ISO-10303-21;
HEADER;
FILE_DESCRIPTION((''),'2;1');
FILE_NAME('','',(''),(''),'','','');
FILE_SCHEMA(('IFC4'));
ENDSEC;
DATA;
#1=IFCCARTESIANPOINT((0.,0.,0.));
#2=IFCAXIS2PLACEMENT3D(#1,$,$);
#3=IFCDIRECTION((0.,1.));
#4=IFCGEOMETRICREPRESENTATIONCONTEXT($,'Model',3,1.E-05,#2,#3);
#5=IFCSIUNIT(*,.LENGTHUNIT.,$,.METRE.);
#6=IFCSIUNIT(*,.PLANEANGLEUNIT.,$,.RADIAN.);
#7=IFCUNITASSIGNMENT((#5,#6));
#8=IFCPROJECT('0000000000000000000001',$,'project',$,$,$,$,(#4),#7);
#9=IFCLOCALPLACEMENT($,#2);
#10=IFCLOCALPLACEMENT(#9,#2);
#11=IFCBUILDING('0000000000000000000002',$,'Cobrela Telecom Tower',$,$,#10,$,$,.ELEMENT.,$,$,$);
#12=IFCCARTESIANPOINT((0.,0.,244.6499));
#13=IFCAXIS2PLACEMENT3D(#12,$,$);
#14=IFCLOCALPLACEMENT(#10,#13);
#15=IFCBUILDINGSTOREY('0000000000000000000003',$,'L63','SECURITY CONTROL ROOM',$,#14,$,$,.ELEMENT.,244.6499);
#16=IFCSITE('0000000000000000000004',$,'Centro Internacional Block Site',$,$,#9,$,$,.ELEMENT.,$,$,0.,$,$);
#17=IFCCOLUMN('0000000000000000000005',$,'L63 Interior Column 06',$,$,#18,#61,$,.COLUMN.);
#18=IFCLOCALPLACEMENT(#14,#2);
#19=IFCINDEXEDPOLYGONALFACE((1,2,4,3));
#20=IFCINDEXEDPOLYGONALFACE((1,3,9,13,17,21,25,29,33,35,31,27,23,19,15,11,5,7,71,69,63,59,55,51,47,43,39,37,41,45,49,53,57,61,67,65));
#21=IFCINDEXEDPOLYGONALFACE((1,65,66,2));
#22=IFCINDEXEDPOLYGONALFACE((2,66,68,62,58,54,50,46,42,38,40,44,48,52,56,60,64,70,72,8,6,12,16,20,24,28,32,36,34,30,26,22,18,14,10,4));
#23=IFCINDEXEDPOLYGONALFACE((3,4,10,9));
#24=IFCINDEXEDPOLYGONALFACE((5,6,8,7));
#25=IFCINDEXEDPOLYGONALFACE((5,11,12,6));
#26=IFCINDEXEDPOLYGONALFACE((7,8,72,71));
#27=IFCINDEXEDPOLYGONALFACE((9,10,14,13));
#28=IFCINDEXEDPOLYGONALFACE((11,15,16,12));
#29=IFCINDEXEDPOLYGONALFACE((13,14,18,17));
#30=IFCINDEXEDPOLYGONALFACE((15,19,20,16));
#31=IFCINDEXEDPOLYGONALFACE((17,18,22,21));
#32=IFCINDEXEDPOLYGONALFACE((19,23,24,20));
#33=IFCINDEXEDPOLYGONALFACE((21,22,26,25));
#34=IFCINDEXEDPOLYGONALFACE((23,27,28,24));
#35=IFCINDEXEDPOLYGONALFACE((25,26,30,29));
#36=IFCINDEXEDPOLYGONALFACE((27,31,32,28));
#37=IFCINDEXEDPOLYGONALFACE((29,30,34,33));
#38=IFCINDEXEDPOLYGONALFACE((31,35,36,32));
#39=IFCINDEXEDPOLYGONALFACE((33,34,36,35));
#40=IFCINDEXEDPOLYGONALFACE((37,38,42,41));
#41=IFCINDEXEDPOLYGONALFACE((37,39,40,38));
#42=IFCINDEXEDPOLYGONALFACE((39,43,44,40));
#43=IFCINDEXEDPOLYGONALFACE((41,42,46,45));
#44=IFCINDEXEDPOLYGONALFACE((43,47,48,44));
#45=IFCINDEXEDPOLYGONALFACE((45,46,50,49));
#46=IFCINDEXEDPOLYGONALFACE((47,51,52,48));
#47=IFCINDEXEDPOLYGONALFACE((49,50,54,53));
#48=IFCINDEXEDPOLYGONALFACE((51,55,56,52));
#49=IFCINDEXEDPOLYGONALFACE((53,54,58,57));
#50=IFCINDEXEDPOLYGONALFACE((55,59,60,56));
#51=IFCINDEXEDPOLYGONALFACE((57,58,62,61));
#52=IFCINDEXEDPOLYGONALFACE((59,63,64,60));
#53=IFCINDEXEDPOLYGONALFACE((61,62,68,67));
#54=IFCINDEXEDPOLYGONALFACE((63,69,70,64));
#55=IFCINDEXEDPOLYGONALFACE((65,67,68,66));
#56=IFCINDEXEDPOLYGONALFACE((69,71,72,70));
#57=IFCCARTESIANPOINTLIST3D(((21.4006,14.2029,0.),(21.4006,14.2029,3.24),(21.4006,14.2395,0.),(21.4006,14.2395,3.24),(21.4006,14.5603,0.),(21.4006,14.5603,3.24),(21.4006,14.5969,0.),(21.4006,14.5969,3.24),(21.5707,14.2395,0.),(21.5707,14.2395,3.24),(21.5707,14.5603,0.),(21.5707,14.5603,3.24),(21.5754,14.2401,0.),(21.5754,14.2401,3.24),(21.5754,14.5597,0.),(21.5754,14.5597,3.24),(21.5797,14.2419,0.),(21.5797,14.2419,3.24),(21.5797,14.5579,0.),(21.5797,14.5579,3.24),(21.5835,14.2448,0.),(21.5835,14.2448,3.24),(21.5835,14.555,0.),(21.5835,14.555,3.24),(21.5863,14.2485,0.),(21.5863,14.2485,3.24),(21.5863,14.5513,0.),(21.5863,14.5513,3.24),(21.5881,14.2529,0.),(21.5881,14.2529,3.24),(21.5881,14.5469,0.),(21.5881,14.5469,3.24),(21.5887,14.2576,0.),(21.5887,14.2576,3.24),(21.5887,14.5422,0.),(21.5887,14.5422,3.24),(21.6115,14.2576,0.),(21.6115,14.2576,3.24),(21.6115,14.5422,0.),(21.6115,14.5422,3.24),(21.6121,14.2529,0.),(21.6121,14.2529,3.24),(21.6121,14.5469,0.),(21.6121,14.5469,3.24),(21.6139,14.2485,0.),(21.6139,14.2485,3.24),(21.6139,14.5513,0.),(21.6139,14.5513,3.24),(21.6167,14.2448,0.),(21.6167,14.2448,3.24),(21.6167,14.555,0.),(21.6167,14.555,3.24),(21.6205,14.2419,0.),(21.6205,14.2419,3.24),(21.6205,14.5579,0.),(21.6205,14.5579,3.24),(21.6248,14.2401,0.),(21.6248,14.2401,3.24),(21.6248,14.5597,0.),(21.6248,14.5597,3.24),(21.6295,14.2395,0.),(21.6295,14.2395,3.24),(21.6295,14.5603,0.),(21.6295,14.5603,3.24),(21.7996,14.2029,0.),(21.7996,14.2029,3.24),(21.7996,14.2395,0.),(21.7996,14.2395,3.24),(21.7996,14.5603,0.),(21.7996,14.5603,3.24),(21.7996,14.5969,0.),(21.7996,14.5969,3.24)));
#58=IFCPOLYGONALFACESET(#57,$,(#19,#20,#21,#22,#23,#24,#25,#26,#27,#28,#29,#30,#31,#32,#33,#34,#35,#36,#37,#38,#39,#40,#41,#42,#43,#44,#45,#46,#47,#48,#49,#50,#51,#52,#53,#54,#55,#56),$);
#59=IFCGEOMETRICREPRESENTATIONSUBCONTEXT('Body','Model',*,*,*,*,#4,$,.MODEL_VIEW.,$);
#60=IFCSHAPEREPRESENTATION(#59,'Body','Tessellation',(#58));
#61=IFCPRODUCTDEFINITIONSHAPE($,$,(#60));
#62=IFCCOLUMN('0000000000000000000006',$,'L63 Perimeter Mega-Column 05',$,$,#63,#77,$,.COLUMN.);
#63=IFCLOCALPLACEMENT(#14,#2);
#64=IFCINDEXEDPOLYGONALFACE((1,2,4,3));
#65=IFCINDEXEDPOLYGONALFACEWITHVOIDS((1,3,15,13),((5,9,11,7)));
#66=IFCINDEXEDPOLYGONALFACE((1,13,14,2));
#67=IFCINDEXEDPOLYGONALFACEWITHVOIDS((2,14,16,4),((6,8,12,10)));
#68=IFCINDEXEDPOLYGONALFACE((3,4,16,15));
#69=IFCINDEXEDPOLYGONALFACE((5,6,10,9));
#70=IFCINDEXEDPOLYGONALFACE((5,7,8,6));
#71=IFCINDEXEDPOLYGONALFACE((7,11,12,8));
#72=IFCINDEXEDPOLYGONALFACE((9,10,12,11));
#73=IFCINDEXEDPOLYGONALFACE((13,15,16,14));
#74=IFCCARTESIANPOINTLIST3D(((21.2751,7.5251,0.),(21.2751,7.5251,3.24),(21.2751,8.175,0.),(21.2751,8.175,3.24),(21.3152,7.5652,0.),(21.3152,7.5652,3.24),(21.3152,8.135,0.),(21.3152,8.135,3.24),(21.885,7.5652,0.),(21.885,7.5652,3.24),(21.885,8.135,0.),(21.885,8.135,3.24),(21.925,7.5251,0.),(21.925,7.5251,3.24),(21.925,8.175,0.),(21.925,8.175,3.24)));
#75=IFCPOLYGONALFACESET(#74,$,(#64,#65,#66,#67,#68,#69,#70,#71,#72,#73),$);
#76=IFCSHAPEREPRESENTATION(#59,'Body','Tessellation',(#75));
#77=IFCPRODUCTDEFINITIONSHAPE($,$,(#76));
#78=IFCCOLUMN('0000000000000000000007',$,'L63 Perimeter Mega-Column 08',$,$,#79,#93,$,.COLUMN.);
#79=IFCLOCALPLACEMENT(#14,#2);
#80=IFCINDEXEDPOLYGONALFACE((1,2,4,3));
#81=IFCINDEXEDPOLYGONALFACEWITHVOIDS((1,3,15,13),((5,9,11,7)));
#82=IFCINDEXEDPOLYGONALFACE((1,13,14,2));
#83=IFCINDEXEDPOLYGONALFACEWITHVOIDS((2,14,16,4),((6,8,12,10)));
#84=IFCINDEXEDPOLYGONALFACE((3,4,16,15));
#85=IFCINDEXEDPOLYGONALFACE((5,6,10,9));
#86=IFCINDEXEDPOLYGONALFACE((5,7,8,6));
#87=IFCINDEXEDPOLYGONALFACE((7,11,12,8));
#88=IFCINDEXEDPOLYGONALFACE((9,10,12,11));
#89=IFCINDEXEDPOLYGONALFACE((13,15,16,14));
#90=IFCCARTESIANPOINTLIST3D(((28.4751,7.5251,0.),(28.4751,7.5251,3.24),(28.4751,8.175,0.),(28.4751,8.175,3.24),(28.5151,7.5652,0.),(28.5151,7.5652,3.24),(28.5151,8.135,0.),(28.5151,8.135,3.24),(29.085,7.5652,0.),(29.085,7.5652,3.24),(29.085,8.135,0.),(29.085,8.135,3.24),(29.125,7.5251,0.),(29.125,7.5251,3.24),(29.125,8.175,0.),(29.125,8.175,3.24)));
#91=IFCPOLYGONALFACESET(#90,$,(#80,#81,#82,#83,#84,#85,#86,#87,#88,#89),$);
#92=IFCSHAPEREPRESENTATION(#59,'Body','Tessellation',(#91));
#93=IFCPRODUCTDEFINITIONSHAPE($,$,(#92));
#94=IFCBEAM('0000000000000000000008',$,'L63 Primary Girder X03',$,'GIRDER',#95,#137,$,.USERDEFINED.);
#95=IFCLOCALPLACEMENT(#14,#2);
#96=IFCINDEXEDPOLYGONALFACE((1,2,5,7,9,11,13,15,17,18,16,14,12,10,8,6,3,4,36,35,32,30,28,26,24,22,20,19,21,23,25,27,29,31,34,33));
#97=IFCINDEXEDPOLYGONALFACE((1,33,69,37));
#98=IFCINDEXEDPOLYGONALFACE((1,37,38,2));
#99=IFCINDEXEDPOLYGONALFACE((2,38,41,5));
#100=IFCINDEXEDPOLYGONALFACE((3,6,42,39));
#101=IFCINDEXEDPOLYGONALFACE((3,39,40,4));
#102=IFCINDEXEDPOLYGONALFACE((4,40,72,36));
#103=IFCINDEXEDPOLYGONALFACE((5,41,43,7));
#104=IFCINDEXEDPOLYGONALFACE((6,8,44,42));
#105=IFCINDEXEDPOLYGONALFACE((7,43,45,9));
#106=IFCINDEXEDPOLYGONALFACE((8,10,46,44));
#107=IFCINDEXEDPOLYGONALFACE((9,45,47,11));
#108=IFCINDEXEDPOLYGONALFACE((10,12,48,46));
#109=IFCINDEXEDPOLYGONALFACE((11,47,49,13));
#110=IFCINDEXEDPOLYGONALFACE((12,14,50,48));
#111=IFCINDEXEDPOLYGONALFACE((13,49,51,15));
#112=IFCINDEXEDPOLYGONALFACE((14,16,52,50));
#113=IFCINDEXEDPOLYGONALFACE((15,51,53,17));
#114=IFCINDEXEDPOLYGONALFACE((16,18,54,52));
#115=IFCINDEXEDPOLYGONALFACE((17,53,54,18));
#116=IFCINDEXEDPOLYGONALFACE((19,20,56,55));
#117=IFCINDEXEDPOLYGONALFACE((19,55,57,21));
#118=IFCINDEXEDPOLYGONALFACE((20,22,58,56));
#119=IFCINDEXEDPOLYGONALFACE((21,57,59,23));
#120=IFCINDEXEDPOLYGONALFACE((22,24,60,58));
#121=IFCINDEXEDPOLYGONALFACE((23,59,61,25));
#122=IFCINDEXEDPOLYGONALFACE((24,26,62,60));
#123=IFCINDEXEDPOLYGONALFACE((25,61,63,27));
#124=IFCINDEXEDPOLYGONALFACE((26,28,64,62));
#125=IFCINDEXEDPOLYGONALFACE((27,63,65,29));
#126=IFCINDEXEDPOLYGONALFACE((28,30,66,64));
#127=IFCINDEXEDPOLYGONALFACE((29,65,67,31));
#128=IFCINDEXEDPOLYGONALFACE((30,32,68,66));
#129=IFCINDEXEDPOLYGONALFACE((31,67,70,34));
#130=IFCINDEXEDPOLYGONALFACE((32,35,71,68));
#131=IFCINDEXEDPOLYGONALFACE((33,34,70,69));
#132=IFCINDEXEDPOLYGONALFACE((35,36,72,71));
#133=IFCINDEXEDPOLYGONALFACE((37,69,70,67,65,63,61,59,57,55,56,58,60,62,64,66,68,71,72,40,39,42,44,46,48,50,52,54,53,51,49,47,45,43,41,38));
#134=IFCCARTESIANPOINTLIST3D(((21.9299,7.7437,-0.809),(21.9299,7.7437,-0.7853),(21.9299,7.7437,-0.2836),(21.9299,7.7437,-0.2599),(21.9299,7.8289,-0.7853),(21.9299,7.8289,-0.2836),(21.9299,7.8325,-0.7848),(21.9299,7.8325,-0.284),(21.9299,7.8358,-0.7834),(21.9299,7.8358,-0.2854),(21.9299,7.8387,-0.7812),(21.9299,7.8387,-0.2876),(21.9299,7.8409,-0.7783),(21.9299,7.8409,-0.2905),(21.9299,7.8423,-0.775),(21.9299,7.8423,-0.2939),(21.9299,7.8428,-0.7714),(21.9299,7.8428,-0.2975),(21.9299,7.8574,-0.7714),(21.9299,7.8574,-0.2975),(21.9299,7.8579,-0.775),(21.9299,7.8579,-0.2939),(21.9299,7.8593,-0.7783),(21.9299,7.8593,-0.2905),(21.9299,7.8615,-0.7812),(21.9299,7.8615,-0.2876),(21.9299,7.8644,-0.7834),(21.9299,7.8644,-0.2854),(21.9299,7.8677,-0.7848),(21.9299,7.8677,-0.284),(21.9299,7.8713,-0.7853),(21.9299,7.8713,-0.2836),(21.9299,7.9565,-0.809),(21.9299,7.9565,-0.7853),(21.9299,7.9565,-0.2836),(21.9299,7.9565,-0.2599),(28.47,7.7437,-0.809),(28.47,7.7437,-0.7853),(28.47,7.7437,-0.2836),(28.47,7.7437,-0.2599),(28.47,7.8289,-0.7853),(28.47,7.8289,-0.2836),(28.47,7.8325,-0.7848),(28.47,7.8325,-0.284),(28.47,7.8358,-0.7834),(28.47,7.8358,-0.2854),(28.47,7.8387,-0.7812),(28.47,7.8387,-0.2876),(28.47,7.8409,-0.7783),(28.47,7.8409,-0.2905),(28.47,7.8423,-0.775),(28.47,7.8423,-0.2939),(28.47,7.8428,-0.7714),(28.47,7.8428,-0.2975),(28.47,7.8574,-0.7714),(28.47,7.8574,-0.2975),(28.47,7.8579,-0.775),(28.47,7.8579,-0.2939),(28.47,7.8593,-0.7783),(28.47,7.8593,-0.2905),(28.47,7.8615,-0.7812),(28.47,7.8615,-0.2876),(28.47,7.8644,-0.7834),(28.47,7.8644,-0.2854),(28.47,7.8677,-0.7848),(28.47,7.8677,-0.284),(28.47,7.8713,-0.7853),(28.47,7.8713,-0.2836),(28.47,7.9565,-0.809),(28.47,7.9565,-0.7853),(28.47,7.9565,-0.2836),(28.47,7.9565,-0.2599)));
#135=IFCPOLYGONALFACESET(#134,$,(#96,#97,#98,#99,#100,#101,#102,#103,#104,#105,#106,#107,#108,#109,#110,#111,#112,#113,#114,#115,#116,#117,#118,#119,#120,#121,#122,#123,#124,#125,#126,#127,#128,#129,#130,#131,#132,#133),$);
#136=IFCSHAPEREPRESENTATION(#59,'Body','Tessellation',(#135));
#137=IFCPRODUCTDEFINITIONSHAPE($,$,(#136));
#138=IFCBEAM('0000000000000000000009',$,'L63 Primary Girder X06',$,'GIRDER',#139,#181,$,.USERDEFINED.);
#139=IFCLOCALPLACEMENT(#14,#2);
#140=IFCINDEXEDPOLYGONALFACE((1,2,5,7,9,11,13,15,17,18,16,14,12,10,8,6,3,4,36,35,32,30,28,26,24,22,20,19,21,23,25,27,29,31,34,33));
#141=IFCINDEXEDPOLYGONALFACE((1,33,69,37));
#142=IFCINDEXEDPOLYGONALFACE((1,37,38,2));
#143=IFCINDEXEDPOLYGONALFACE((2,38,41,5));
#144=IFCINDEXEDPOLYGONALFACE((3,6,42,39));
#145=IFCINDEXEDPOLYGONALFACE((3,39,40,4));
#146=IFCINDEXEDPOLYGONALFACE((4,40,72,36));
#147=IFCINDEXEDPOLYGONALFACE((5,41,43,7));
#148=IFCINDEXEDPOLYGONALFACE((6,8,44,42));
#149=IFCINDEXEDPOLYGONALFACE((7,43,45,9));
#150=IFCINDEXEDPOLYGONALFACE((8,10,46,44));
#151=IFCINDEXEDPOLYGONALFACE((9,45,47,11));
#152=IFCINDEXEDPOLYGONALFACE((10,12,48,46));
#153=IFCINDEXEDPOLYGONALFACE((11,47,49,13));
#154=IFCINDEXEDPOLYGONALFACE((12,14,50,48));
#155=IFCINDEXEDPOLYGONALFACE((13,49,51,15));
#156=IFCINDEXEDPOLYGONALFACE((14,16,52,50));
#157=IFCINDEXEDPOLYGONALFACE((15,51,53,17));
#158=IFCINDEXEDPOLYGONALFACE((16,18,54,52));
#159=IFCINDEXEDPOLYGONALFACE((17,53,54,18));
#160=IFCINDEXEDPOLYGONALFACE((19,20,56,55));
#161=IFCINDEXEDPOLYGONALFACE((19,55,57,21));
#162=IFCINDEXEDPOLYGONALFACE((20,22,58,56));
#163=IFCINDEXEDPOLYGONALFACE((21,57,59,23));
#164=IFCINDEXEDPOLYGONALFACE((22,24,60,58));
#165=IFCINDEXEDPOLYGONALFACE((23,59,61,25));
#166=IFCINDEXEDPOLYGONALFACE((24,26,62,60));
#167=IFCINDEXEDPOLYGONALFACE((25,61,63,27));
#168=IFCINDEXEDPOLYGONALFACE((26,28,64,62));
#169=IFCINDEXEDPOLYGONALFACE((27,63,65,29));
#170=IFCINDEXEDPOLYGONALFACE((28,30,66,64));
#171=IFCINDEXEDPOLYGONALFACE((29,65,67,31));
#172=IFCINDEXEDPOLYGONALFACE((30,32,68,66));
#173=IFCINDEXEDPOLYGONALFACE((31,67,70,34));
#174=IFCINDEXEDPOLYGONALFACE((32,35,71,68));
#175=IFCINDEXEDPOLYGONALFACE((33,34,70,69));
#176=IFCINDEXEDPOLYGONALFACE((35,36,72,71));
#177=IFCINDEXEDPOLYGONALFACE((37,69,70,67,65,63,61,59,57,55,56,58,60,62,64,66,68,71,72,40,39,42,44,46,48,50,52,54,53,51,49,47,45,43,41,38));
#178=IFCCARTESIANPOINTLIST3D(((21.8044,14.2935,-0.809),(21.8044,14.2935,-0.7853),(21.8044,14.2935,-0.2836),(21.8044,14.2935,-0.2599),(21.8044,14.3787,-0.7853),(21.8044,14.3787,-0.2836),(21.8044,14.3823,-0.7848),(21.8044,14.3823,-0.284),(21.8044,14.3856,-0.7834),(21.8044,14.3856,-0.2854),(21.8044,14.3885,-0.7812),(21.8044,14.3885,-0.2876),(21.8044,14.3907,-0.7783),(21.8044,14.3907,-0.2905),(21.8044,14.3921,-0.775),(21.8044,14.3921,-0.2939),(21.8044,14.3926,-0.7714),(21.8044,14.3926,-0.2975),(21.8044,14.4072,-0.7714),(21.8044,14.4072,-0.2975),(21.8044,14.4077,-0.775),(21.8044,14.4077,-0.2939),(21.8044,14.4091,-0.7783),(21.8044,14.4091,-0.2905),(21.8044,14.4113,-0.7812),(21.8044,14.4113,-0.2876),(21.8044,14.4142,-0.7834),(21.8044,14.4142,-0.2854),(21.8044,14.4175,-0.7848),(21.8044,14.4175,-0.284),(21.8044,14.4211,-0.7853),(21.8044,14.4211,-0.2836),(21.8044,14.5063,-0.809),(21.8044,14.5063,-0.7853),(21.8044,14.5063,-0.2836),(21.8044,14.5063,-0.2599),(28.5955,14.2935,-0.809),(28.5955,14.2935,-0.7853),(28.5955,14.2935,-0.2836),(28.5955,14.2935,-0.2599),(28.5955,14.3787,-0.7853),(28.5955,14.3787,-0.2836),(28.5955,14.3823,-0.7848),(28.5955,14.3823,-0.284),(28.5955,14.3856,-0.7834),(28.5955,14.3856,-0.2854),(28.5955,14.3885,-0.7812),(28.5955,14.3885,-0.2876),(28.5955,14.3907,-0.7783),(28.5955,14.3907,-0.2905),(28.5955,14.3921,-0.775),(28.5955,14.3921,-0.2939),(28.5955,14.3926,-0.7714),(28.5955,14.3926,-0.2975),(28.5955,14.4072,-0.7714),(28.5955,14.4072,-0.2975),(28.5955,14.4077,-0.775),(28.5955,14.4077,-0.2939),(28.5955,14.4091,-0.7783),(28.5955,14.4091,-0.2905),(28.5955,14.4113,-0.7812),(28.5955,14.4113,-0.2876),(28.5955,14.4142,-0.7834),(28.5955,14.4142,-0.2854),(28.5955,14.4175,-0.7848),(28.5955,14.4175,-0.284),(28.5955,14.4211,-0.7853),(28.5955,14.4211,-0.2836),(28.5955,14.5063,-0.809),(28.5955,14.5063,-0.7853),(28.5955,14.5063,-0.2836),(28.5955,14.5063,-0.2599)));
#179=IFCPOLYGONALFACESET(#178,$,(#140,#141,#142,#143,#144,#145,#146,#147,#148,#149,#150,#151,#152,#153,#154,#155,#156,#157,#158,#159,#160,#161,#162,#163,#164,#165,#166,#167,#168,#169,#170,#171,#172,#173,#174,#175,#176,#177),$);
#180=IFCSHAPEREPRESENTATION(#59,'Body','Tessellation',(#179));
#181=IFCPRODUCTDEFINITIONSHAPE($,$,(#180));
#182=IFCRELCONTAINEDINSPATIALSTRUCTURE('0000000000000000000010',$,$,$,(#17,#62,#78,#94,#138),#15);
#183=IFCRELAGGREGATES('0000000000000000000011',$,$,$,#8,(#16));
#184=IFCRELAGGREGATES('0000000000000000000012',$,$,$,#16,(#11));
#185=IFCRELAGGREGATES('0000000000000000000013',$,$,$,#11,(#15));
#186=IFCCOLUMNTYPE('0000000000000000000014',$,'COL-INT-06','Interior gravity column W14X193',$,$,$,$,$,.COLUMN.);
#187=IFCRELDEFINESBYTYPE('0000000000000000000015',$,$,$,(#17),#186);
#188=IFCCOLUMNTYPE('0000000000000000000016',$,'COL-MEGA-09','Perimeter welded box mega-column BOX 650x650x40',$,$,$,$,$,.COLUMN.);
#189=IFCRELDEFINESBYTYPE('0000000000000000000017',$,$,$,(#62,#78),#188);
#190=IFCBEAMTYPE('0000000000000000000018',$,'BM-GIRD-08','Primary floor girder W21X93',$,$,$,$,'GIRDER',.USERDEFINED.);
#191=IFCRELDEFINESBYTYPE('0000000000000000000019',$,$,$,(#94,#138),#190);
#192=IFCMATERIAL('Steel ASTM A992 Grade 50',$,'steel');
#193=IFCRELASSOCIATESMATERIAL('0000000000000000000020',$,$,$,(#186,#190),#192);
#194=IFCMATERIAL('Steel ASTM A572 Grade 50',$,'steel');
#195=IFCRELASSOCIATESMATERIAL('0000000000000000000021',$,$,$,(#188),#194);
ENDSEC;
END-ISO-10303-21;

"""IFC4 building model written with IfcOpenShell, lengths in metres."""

from ifc_helpers import new_model, si_unit, direction, frame, origin, origin_2d, place, context, subcontext, project, spatial, hollow_rectangle, i_section, extrude, material, material_profile, profile_set, type_object, element, save


model = new_model("IFC4")

# Units and contexts
model_context = context("Model", 3, precision=1e-05, world=origin(), true_north=direction((0.0, 1.0)))
body_context = subcontext(model_context, "Body", "Model", "MODEL_VIEW")
ifc_project = project(units=[si_unit("LENGTHUNIT", "METRE"), si_unit("PLANEANGLEUNIT", "RADIAN")], contexts=[model_context])

# Site, building, storey
site_placement = place(None, origin())
site = spatial("IfcSite", under=ifc_project, at=site_placement, Name="Centro Internacional Block Site", CompositionType="ELEMENT", RefElevation=0.0)
building_placement = place(site_placement, origin())
building = spatial("IfcBuilding", under=site, at=building_placement, Name="Cobrela Telecom Tower", CompositionType="ELEMENT")
storey_placement = place(building_placement, frame((0.0, 0.0, 244.6499)))
storey = spatial("IfcBuildingStorey", under=building, at=storey_placement, Name="L63", Description="SECURITY CONTROL ROOM", CompositionType="ELEMENT", Elevation=244.6499)

# Columns
ifc_material_1 = material(Name="Steel ASTM A992 Grade 50", Category="steel")
ifc_material_profile_1 = material_profile(ifc_material_1, i_section(OverallWidth=0.3989, OverallDepth=0.394, WebThickness=0.0227, FlangeThickness=0.0366, FilletRadius=0.0181, at=origin_2d()), Name="W14X193")
ifc_profile_set_1 = profile_set([ifc_material_profile_1], Name="Steel ASTM A992 Grade 50")
column_type_1 = type_object("IfcColumnType", Name="COL-INT-06", Description="Interior gravity column W14X193", PredefinedType="COLUMN", material=ifc_profile_set_1)
column_placement = place(storey_placement, frame((21.6001, 14.3999, 0.0), z_axis=(0.0, 0.0, 1.0), x_axis=(1.0, 0.0, 0.0)))
element("IfcColumn", 1, at=column_placement, inside=storey, type_object=column_type_1, Name="L63 Interior Column 06", PredefinedType="COLUMN", context=body_context, shape_type="SweptSolid", body=[
    extrude(i_section(OverallWidth=0.3989, OverallDepth=0.394, WebThickness=0.0227, FlangeThickness=0.0366, FilletRadius=0.0181, at=origin_2d()), origin(), (0.0, 0.0, 1.0), 3.24),
])
ifc_material_2 = material(Name="Steel ASTM A572 Grade 50", Category="steel")
ifc_material_profile_2 = material_profile(ifc_material_2, hollow_rectangle(XDim=0.6499, YDim=0.6499, WallThickness=0.04, at=origin_2d()), Name="BOX 650x650x40")
ifc_profile_set_2 = profile_set([ifc_material_profile_2], Name="Steel ASTM A572 Grade 50")
column_type_2 = type_object("IfcColumnType", Name="COL-MEGA-09", Description="Perimeter welded box mega-column BOX 650x650x40", PredefinedType="COLUMN", material=ifc_profile_set_2)
for number, where, z_axis, x_axis, name in (
    (2, (21.6001, 7.8501, 0.0), (0.0, 0.0, 1.0), (1.0, 0.0, 0.0), "L63 Perimeter Mega-Column 05"),
    (3, (28.8, 7.8501, 0.0), (0.0, 0.0, 1.0), (1.0, 0.0, 0.0), "L63 Perimeter Mega-Column 08"),
):
    element("IfcColumn", number, at=place(storey_placement, frame(where, z_axis=z_axis, x_axis=x_axis)), inside=storey, type_object=column_type_2, Name=name, PredefinedType="COLUMN", context=body_context, shape_type="SweptSolid", body=[
        extrude(hollow_rectangle(XDim=0.6499, YDim=0.6499, WallThickness=0.04, at=origin_2d()), origin(), (0.0, 0.0, 1.0), 3.24),
    ])

# Beams
ifc_material_profile_3 = material_profile(ifc_material_1, i_section(OverallWidth=0.2129, OverallDepth=0.5491, WebThickness=0.0146, FlangeThickness=0.0237, FilletRadius=0.0139, at=origin_2d()), Name="W21X93")
ifc_profile_set_3 = profile_set([ifc_material_profile_3], Name="Steel ASTM A992 Grade 50")
beam_type_1 = type_object("IfcBeamType", Name="BM-GIRD-08", Description="Primary floor girder W21X93", ElementType="GIRDER", PredefinedType="USERDEFINED", material=ifc_profile_set_3)
beam_1_placement = place(storey_placement, frame((21.9299, 7.8501, -0.5344), z_axis=(1.0, 0.0, 0.0), x_axis=(0.0, 1.0, 0.0)))
element("IfcBeam", 4, at=beam_1_placement, inside=storey, type_object=beam_type_1, Name="L63 Primary Girder X03", ObjectType="GIRDER", PredefinedType="USERDEFINED", context=body_context, shape_type="SweptSolid", body=[
    extrude(i_section(OverallWidth=0.2129, OverallDepth=0.5491, WebThickness=0.0146, FlangeThickness=0.0237, FilletRadius=0.0139, at=origin_2d()), origin(), (0.0, 0.0, 1.0), 6.54),
])
beam_2_placement = place(storey_placement, frame((21.8044, 14.3999, -0.5344), z_axis=(1.0, 0.0, 0.0), x_axis=(0.0, 1.0, 0.0)))
element("IfcBeam", 5, at=beam_2_placement, inside=storey, type_object=beam_type_1, Name="L63 Primary Girder X06", ObjectType="GIRDER", PredefinedType="USERDEFINED", context=body_context, shape_type="SweptSolid", body=[
    extrude(i_section(OverallWidth=0.2129, OverallDepth=0.5491, WebThickness=0.0146, FlangeThickness=0.0237, FilletRadius=0.0139, at=origin_2d()), origin(), (0.0, 0.0, 1.0), 6.791),
])

save(model, "model.ifc")
